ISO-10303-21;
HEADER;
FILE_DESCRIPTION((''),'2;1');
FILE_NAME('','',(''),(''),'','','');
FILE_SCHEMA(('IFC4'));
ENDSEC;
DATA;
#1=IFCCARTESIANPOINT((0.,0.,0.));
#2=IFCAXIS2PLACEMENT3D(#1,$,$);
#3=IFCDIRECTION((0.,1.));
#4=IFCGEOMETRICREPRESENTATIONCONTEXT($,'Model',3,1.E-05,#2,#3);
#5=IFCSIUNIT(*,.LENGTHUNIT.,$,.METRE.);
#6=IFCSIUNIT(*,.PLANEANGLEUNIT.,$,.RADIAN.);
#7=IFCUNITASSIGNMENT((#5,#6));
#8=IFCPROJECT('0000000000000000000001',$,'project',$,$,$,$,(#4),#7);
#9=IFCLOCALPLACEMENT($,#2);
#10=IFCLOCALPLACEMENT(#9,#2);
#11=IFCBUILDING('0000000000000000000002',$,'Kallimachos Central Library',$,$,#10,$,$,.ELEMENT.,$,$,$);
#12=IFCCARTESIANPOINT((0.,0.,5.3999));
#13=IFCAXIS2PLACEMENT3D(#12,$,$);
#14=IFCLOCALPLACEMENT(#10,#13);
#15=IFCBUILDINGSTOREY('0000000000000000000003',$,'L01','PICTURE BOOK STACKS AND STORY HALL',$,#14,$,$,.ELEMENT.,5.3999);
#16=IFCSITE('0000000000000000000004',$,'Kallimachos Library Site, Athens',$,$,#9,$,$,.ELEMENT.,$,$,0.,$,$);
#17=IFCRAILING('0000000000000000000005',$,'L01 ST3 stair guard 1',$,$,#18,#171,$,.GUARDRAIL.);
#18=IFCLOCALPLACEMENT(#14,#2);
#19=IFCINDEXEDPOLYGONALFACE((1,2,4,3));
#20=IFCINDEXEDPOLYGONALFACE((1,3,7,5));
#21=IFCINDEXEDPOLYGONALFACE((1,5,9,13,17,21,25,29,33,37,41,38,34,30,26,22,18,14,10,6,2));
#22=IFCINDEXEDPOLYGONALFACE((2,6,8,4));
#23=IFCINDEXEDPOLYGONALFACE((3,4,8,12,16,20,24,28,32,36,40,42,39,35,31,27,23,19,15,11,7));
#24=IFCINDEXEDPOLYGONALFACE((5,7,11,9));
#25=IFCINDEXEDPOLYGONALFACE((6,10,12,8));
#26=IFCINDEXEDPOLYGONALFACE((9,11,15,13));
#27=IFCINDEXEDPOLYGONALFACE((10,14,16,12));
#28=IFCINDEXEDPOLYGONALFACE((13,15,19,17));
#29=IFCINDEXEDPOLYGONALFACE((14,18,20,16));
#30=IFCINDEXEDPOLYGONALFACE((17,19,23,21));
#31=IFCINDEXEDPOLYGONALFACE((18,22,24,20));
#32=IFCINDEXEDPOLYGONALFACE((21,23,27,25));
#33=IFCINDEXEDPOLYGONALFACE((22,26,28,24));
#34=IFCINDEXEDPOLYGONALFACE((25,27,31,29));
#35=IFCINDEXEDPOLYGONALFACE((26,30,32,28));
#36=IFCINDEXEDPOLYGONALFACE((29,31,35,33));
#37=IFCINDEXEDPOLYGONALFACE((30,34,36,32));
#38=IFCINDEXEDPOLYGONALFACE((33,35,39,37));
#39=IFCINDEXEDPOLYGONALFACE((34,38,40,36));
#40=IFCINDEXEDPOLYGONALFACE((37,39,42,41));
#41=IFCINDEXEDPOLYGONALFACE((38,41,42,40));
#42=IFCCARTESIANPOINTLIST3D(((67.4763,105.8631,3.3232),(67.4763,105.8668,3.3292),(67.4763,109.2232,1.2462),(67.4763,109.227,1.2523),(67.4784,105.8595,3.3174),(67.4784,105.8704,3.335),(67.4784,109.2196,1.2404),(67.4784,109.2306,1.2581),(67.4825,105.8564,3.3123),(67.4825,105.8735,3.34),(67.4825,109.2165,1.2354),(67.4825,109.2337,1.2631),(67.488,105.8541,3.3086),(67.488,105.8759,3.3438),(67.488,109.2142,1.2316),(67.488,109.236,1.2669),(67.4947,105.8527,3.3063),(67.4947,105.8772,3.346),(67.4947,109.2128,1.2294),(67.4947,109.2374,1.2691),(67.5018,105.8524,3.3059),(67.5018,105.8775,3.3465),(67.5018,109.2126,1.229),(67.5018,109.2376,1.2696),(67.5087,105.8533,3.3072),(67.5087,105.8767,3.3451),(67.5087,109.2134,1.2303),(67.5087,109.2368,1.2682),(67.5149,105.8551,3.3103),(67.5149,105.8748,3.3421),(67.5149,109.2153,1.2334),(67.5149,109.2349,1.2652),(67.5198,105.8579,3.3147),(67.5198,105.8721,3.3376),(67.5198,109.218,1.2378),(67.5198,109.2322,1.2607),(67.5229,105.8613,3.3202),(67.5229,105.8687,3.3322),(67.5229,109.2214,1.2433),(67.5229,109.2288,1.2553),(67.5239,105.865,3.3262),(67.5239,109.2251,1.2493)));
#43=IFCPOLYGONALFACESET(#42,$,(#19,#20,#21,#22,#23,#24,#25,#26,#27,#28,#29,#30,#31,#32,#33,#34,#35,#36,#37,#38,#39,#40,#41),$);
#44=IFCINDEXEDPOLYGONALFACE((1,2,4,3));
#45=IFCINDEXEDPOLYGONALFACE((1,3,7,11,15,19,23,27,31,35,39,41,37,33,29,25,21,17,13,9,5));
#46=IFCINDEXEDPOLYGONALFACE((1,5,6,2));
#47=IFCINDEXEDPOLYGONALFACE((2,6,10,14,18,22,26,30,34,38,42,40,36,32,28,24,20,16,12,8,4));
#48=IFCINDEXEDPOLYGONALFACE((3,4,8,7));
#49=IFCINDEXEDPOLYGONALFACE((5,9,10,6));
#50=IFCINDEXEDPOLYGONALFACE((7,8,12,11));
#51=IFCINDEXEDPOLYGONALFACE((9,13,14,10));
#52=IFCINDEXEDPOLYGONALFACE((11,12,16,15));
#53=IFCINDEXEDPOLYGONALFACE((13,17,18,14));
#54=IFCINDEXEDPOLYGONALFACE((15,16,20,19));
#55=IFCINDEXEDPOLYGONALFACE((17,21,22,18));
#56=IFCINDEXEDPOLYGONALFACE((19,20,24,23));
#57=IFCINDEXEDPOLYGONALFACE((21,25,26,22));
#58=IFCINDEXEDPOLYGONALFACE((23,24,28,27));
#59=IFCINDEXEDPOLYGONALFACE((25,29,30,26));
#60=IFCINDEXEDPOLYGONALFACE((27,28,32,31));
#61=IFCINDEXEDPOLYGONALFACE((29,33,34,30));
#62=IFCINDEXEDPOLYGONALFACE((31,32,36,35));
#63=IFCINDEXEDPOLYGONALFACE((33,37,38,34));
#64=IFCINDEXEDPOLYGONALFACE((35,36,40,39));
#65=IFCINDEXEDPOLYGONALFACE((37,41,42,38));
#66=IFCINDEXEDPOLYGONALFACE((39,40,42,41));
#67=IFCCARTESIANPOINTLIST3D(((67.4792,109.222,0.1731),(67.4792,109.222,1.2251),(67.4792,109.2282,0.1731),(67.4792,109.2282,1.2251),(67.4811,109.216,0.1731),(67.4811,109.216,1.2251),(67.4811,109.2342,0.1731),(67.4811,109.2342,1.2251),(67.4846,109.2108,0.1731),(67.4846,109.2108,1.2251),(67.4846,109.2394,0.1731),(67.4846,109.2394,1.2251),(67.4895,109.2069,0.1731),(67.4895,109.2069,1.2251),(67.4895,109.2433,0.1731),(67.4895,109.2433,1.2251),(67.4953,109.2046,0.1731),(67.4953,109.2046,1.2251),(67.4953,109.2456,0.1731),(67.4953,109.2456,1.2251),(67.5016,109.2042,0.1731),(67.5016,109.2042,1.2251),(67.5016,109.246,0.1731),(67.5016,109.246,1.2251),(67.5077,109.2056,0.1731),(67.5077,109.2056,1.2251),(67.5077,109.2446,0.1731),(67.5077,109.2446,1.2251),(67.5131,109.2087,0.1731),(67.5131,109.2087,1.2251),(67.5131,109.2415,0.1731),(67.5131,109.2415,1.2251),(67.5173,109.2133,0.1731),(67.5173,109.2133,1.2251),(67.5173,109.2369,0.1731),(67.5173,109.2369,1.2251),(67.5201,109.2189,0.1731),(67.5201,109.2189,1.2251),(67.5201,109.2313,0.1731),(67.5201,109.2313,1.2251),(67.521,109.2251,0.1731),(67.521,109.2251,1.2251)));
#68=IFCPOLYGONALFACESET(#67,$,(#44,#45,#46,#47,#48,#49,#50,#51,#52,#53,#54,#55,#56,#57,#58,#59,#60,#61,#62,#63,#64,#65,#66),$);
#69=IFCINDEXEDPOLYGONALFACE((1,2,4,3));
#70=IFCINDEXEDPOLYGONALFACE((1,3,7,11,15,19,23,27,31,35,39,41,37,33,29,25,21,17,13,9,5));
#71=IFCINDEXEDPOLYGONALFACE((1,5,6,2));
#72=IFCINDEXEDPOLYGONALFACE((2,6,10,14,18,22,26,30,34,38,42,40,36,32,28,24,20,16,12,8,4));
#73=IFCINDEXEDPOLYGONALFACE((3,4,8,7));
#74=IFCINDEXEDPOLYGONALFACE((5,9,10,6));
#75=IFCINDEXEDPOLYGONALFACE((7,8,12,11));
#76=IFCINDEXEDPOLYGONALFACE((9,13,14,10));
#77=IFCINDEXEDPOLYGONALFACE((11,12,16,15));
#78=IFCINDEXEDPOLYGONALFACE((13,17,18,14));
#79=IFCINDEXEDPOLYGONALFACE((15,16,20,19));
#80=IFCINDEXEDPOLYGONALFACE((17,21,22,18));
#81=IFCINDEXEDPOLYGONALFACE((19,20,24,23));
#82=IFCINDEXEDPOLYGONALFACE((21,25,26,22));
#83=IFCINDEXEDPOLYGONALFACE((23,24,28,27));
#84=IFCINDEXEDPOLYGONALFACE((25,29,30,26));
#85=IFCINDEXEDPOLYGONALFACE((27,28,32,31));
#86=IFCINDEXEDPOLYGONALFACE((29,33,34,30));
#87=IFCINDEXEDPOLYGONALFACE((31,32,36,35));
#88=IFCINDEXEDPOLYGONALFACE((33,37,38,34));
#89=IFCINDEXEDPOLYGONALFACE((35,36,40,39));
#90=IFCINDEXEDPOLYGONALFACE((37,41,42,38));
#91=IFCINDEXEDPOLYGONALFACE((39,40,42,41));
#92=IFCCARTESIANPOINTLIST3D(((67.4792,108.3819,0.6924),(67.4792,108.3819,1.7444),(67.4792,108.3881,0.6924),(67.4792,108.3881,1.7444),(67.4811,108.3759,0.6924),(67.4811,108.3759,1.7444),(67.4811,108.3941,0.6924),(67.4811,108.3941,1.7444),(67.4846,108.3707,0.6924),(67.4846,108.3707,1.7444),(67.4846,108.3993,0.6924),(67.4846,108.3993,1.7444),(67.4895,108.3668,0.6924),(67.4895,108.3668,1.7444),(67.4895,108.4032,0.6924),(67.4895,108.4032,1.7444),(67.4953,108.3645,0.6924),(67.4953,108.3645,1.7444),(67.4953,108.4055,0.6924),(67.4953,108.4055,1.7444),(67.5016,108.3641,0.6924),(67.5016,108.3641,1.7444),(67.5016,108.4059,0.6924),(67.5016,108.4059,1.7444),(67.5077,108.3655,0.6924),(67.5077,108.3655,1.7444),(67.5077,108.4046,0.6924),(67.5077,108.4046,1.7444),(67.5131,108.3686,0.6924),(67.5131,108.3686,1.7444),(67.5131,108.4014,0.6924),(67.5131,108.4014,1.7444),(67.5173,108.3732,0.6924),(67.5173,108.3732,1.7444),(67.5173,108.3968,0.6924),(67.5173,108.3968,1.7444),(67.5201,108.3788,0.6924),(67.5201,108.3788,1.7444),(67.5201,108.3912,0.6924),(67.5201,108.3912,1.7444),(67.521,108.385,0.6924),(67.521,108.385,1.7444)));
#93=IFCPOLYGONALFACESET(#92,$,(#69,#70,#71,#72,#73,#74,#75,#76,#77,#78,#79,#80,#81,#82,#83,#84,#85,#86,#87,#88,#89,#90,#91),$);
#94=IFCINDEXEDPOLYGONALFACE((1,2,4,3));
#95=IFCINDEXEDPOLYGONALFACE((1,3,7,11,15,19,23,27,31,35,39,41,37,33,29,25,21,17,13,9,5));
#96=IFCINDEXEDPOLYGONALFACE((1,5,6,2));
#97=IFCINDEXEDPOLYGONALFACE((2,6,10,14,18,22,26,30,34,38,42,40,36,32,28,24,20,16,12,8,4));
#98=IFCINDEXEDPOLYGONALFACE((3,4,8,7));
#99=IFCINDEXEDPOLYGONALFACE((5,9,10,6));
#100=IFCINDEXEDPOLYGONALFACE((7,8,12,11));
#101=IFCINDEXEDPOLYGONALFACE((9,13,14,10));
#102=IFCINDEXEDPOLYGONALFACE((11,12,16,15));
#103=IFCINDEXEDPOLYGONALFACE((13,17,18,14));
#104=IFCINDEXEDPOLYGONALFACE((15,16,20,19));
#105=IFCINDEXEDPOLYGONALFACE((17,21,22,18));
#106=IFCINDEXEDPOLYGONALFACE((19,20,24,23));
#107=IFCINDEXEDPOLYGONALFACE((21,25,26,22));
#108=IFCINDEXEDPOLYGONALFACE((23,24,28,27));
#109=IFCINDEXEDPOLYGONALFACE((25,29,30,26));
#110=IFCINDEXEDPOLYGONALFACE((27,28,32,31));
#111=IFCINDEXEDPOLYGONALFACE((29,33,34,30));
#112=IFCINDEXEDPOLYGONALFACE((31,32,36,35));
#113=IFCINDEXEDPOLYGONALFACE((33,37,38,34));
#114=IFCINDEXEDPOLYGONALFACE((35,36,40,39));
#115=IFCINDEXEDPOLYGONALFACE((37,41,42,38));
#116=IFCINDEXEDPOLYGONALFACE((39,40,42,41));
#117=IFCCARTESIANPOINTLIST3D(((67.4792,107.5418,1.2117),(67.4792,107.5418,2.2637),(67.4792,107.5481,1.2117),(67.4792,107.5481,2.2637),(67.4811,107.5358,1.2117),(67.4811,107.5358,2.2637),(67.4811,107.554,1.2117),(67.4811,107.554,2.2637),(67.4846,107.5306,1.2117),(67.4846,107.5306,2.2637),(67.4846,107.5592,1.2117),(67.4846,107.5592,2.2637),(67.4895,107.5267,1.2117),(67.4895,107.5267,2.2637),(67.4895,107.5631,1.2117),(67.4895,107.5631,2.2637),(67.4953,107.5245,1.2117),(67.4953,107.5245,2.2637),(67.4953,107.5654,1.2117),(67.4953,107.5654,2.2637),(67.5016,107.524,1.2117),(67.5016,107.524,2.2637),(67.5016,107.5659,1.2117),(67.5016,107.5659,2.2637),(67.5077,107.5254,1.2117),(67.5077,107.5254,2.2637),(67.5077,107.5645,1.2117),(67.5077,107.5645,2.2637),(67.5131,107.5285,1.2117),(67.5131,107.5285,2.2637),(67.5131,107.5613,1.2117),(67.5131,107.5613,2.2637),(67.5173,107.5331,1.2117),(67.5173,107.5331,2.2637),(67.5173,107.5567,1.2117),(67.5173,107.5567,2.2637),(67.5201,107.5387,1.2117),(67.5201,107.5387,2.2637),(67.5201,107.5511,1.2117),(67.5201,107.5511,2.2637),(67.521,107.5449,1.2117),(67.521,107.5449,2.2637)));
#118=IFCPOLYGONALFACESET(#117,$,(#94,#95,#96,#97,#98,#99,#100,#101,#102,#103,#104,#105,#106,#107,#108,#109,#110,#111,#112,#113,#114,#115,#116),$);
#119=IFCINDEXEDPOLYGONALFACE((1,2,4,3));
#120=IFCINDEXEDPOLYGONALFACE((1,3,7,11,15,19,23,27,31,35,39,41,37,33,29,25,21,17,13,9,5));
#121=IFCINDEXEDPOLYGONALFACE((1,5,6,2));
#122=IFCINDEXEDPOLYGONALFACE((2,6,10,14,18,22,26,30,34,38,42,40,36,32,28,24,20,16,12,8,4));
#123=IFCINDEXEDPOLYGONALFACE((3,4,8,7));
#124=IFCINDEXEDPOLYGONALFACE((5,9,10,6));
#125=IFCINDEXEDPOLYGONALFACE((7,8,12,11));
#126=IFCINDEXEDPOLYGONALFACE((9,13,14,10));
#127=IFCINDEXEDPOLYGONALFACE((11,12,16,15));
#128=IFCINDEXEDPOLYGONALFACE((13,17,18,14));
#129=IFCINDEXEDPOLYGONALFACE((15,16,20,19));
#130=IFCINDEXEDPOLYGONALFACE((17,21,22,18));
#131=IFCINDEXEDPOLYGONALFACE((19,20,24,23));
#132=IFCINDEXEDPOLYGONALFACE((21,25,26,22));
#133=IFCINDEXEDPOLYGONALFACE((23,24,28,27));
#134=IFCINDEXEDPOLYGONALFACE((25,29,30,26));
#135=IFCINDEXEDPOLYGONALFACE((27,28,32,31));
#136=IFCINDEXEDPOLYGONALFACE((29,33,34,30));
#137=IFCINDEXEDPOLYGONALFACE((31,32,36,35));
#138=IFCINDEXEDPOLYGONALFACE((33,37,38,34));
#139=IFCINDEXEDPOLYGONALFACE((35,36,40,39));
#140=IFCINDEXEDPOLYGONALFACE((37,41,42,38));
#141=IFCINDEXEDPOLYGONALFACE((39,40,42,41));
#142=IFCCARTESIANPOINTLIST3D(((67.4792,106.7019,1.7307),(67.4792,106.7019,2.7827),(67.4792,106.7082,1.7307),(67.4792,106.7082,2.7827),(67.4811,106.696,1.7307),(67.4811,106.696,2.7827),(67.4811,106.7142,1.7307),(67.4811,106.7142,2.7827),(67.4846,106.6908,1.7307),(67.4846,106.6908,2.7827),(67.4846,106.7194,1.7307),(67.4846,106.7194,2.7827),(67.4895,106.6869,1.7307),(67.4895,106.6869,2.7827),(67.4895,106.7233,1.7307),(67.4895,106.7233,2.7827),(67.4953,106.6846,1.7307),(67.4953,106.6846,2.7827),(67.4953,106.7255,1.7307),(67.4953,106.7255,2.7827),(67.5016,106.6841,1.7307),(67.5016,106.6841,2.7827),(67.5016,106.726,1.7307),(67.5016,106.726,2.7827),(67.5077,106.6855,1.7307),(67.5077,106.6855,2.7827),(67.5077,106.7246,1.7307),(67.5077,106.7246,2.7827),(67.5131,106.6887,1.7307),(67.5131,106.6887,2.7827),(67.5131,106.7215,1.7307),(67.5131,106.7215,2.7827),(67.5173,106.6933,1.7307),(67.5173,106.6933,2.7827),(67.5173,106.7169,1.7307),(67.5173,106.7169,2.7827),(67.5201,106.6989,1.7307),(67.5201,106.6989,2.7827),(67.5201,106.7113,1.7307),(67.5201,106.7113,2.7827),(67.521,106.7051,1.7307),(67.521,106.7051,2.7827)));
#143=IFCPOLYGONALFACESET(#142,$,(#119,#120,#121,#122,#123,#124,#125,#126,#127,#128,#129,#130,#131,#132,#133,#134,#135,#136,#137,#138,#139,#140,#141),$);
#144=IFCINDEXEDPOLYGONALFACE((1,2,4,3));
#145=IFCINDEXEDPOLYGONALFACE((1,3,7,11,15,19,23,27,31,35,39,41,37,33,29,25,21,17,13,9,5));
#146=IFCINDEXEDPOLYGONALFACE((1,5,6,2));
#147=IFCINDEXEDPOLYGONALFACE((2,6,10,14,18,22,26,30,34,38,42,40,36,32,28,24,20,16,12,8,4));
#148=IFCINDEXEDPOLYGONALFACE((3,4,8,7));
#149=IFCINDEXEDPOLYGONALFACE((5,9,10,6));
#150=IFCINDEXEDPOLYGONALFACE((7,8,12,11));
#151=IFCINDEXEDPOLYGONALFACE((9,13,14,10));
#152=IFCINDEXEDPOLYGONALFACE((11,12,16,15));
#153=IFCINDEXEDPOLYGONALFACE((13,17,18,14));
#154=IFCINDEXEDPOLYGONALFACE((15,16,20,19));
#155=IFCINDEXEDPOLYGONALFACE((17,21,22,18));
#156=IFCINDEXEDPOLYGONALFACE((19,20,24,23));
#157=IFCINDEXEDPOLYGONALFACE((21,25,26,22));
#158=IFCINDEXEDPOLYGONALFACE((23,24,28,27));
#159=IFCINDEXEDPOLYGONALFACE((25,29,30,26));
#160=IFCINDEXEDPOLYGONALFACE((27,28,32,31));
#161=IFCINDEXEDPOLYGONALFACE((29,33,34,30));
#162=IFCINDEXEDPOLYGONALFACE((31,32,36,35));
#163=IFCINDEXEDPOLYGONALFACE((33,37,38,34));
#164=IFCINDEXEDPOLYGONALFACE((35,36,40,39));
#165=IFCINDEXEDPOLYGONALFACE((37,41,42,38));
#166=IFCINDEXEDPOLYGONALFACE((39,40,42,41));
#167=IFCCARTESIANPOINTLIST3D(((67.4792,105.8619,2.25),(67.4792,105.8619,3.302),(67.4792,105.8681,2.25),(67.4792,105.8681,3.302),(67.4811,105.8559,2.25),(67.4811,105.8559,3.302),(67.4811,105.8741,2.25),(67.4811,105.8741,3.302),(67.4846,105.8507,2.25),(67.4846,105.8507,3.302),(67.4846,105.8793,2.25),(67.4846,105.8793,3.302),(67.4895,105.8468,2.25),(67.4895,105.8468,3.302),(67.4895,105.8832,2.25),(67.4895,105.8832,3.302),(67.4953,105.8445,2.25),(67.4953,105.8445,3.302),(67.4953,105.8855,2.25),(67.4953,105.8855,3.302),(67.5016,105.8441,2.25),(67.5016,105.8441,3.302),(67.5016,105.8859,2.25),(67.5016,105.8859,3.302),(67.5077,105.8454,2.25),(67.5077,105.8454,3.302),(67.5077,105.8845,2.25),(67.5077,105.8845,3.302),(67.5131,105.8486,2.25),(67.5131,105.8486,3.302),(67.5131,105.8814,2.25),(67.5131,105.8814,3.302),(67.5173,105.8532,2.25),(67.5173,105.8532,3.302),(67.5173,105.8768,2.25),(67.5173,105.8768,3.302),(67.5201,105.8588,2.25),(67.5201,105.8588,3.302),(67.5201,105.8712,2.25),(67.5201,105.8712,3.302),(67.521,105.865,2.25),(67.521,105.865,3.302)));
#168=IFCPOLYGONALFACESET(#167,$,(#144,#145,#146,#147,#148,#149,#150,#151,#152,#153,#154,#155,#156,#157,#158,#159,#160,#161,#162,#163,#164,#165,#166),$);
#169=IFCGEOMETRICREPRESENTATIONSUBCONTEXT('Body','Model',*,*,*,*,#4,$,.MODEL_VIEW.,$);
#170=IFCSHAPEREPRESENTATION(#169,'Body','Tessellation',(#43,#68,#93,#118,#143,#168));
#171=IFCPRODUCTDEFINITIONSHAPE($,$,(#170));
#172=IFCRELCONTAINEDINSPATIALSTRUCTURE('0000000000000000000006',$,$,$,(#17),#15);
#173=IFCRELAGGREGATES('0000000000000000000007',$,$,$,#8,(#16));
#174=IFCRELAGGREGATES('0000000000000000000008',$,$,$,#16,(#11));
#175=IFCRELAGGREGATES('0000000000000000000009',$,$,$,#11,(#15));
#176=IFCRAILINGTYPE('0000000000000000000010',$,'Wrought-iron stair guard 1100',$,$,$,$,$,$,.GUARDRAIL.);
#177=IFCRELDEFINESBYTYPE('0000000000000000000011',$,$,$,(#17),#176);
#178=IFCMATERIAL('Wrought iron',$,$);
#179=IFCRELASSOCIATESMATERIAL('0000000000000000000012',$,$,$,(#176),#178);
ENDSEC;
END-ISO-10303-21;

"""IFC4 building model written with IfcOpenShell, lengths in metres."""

from ifc_helpers import new_model, si_unit, direction, frame, origin, origin_2d, place, context, subcontext, project, spatial, circle, extrude, material, type_object, element, save


model = new_model("IFC4")

# Units and contexts
model_context = context("Model", 3, precision=1e-05, world=origin(), true_north=direction((0.0, 1.0)))
body_context = subcontext(model_context, "Body", "Model", "MODEL_VIEW")
ifc_project = project(units=[si_unit("LENGTHUNIT", "METRE"), si_unit("PLANEANGLEUNIT", "RADIAN")], contexts=[model_context])

# Site, building, storey
site_placement = place(None, origin())
site = spatial("IfcSite", under=ifc_project, at=site_placement, Name="Kallimachos Library Site, Athens", CompositionType="ELEMENT", RefElevation=0.0)
building_placement = place(site_placement, origin())
building = spatial("IfcBuilding", under=site, at=building_placement, Name="Kallimachos Central Library", CompositionType="ELEMENT")
storey_placement = place(building_placement, frame((0.0, 0.0, 5.3999)))
storey = spatial("IfcBuildingStorey", under=building, at=storey_placement, Name="L01", Description="PICTURE BOOK STACKS AND STORY HALL", CompositionType="ELEMENT", Elevation=5.3999)

# Railing
ifc_material_1 = material(Name="Wrought iron")
railing_type_1 = type_object("IfcRailingType", Name="Wrought-iron stair guard 1100", PredefinedType="GUARDRAIL", material=ifc_material_1)
railing_1_placement = place(storey_placement, frame((67.5, 109.2251, 0.1731)))
element("IfcRailing", 1, at=railing_1_placement, inside=storey, type_object=railing_type_1, Name="L01 ST3 stair guard 1", PredefinedType="GUARDRAIL", context=body_context, shape_type="SweptSolid", body=[
    extrude(circle(Radius=0.0239, at=origin_2d()), frame((0.0, 0.0, 1.0762), z_axis=(0.0, -0.850623, 0.525776), x_axis=(1.0, 0.0, 0.0)), (0.0, 0.0, 1.0), 3.9502),
    extrude(circle(Radius=0.021, at=origin_2d()), origin(), (0.0, 0.0, 1.0), 1.052),
    extrude(circle(Radius=0.021, at=origin_2d()), frame((0.0, -0.8401, 0.5193)), (0.0, 0.0, 1.0), 1.052),
    extrude(circle(Radius=0.021, at=origin_2d()), frame((0.0, -1.6802, 1.0386)), (0.0, 0.0, 1.0), 1.052),
    extrude(circle(Radius=0.021, at=origin_2d()), frame((0.0, -2.52, 1.5576)), (0.0, 0.0, 1.0), 1.052),
    extrude(circle(Radius=0.021, at=origin_2d()), frame((0.0, -3.3601, 2.0769)), (0.0, 0.0, 1.0), 1.052),
])

save(model, "model.ifc")
